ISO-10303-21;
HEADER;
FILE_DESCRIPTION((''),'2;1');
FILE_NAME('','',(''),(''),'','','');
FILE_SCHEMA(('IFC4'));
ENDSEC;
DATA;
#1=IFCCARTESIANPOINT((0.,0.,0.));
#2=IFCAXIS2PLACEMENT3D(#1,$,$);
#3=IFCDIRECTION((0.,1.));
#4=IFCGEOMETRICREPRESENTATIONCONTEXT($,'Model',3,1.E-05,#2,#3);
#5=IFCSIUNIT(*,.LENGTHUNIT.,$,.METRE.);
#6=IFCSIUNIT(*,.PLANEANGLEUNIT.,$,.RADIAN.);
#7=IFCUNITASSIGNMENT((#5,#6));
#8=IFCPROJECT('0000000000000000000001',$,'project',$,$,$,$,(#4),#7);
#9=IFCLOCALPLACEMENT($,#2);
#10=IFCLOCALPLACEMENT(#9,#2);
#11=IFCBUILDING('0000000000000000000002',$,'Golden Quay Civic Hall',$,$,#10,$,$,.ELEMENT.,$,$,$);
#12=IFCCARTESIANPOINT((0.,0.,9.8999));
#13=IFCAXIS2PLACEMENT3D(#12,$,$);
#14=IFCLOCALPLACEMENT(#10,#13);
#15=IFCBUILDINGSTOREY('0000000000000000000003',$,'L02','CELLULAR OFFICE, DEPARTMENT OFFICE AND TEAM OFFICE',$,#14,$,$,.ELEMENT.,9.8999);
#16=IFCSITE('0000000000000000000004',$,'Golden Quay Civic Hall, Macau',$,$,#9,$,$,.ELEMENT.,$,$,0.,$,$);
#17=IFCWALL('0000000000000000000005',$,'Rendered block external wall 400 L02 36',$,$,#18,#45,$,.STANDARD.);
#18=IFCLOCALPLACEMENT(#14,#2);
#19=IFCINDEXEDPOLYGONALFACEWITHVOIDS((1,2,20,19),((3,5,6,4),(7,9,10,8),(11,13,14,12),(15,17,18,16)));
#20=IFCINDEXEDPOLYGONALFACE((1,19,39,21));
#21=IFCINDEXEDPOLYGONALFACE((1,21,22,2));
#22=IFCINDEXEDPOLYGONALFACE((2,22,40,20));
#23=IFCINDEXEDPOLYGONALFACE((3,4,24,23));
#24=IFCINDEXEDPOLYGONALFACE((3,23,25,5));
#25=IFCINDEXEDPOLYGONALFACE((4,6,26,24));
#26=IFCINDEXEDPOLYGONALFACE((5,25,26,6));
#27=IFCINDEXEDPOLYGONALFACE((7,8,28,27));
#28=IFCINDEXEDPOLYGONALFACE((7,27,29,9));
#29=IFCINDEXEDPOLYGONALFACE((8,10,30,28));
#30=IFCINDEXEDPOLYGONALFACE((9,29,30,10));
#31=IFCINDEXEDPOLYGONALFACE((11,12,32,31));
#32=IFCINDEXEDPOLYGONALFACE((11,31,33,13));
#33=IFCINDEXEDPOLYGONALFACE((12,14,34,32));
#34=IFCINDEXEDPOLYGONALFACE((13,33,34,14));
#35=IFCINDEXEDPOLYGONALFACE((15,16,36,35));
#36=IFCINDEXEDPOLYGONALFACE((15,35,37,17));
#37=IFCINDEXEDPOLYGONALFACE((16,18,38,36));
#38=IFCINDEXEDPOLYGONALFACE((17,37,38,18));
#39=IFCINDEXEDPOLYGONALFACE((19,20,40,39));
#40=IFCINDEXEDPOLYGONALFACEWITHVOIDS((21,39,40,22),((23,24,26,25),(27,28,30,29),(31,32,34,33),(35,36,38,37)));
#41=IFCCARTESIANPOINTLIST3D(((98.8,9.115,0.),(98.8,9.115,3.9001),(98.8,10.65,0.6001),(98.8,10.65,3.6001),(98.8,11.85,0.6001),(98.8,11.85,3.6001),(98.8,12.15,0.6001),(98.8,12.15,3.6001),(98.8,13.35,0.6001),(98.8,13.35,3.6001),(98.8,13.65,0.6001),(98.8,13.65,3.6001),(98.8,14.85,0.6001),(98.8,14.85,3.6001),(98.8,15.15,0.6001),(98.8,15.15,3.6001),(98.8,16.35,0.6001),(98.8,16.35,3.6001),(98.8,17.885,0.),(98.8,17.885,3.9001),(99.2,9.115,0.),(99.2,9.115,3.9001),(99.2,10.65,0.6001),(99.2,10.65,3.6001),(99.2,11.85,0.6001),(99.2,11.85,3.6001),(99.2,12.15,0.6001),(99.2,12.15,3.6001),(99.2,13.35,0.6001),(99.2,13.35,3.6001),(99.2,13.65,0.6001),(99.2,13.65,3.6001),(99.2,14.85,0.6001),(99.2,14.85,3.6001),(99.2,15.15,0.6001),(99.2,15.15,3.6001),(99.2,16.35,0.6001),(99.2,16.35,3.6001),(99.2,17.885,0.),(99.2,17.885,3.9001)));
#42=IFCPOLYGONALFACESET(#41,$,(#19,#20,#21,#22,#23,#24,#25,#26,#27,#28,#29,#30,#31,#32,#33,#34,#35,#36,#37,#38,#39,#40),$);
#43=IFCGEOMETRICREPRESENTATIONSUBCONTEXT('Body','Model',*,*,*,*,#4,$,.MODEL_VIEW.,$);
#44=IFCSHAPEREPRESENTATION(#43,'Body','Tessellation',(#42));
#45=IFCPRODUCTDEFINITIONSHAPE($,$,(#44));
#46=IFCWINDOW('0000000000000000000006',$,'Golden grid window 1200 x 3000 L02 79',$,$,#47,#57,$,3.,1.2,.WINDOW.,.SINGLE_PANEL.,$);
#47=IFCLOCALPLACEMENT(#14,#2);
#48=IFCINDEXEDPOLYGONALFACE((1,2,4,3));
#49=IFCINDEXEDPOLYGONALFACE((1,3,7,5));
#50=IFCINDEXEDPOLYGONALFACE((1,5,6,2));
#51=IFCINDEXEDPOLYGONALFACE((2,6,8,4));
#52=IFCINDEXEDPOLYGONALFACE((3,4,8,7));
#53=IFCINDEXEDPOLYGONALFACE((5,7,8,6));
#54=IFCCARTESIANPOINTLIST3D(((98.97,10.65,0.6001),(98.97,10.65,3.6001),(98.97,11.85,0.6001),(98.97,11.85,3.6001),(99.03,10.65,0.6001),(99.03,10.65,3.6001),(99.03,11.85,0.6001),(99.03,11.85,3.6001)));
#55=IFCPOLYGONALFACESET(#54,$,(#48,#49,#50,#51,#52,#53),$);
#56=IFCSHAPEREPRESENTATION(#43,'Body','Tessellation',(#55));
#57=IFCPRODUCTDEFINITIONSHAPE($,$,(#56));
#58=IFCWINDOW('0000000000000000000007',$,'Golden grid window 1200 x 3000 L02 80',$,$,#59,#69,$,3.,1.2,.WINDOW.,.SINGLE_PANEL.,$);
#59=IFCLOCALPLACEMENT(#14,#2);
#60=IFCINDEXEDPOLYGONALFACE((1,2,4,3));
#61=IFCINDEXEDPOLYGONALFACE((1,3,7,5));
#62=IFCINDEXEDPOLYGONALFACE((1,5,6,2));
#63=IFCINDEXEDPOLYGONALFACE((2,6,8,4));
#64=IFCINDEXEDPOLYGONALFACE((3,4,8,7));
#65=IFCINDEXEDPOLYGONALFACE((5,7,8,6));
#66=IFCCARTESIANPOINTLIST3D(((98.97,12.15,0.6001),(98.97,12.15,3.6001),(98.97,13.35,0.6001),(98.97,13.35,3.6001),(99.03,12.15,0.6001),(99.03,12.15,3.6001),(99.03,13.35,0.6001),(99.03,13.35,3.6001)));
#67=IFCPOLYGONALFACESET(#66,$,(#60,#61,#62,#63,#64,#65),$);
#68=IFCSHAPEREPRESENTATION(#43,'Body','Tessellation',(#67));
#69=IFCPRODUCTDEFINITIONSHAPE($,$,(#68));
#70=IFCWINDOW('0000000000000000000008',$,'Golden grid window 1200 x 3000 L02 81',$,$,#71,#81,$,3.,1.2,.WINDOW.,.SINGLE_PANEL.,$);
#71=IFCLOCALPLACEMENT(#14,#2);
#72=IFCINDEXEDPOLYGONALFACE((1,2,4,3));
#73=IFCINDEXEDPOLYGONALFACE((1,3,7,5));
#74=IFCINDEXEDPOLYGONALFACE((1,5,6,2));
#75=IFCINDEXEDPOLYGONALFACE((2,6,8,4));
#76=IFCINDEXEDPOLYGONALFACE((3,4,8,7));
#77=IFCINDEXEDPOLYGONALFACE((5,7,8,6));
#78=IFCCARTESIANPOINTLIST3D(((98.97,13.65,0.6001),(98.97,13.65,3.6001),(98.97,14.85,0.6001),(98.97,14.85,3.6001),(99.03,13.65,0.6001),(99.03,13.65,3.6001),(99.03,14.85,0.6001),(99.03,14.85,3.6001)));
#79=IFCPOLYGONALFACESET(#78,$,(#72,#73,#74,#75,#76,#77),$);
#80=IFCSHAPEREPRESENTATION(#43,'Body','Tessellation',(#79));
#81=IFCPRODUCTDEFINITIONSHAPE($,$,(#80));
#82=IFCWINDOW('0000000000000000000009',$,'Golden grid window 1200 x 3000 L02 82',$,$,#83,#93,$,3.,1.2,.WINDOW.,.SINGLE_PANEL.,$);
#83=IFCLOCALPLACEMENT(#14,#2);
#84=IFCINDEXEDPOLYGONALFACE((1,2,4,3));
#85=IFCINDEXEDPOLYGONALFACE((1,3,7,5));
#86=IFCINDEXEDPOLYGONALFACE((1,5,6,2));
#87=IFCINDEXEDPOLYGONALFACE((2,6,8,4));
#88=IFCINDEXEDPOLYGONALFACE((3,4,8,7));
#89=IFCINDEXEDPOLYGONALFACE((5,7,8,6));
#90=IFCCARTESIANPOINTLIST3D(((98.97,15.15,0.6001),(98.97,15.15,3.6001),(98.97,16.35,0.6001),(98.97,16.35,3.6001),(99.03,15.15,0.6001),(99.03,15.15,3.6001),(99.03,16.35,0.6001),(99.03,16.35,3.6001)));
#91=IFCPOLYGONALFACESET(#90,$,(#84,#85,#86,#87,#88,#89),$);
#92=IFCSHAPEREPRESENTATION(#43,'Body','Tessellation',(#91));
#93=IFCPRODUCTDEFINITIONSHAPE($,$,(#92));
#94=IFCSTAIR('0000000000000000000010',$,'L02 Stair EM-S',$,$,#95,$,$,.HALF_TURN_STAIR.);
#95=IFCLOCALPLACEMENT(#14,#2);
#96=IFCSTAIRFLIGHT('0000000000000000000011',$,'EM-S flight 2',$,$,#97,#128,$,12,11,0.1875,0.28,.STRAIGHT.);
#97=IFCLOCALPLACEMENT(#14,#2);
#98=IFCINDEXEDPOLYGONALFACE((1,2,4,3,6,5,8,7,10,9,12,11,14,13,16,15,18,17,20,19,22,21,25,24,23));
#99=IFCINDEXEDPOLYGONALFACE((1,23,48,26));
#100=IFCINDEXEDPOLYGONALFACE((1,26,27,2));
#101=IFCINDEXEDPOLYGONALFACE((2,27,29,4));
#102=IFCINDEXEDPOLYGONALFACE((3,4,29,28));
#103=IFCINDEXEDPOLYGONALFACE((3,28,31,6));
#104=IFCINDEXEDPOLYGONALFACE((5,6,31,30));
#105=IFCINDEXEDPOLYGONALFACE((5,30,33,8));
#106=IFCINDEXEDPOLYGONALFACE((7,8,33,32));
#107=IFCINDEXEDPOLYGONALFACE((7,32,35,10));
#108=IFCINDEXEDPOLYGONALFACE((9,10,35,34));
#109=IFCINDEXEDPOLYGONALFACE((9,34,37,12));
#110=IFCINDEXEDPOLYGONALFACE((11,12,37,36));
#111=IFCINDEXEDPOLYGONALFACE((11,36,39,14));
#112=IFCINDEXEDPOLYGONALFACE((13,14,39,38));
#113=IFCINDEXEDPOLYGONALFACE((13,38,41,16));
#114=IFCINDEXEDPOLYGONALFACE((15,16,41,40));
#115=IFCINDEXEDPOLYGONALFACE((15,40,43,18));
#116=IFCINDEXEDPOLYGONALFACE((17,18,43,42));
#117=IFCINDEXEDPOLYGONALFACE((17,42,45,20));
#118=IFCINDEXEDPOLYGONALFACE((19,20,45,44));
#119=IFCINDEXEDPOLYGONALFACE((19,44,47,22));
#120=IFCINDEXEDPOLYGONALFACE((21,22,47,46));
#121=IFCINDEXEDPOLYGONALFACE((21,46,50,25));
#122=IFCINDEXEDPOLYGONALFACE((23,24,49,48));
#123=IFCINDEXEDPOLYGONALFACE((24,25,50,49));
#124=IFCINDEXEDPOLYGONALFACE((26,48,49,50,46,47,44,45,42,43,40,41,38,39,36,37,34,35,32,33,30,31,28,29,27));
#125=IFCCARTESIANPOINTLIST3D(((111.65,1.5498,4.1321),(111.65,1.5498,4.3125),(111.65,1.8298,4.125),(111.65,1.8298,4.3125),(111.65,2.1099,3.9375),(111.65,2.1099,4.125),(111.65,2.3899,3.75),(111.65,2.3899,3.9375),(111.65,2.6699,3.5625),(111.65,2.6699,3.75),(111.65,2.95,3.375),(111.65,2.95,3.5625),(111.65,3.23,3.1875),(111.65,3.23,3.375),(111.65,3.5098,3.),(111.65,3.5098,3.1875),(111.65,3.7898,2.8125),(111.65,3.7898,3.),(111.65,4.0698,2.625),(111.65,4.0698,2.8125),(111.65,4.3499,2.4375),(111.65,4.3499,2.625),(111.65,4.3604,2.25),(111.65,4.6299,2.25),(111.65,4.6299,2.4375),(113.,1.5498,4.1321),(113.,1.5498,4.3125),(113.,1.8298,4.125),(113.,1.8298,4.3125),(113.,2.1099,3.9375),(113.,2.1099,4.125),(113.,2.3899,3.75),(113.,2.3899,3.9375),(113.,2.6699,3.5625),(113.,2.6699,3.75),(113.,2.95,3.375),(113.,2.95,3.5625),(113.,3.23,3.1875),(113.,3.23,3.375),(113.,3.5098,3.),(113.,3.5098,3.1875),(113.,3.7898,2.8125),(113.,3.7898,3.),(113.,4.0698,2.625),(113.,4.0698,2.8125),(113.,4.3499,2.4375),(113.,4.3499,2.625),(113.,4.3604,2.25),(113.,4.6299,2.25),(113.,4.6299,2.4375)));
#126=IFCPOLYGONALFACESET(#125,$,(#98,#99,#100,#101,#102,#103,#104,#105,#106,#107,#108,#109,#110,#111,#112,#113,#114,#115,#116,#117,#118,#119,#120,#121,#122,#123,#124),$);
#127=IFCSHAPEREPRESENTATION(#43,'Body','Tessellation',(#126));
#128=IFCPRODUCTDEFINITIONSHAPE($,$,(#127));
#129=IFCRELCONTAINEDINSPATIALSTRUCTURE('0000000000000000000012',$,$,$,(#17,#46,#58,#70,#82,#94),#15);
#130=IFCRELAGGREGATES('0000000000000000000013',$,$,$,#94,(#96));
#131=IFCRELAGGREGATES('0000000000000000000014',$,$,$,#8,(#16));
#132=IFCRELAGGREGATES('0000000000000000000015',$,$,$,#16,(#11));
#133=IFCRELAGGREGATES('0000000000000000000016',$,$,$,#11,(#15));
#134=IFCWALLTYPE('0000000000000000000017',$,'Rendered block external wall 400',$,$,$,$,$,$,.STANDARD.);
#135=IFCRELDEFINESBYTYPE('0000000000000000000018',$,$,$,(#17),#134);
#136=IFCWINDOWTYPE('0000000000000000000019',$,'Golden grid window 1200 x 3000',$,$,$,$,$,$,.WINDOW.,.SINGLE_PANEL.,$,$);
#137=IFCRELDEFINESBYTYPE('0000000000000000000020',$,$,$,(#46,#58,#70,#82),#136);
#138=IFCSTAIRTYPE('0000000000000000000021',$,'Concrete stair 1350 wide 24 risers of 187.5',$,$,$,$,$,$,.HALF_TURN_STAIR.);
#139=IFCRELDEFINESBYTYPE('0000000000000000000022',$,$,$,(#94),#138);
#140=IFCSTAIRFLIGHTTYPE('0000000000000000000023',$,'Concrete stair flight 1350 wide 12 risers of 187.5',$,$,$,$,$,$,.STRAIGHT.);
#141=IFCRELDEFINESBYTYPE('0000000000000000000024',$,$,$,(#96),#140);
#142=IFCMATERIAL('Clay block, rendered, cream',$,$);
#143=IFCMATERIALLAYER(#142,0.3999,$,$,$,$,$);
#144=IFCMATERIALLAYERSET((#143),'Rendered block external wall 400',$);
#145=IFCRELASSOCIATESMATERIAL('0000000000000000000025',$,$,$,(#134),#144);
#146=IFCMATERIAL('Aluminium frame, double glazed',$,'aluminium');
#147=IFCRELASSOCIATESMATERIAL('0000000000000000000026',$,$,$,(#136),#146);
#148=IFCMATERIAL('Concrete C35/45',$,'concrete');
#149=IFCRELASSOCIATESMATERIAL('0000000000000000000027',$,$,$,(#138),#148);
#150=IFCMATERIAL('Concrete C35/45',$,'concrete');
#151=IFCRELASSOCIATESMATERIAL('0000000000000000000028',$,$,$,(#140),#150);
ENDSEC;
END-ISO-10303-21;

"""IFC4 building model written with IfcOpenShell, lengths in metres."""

from ifc_helpers import new_model, si_unit, direction, frame, frame_2d, origin, place, context, subcontext, project, spatial, polyline, rectangle, outline, extrude, material, layer, layer_set, type_object, element, fill, aggregate, save


model = new_model("IFC4")

# Units and contexts
model_context = context("Model", 3, precision=1e-05, world=origin(), true_north=direction((0.0, 1.0)))
body_context = subcontext(model_context, "Body", "Model", "MODEL_VIEW")
ifc_project = project(units=[si_unit("LENGTHUNIT", "METRE"), si_unit("PLANEANGLEUNIT", "RADIAN")], contexts=[model_context])

# Site, building, storey
site_placement = place(None, origin())
site = spatial("IfcSite", under=ifc_project, at=site_placement, Name="Golden Quay Civic Hall, Macau", CompositionType="ELEMENT", RefElevation=0.0)
building_placement = place(site_placement, origin())
building = spatial("IfcBuilding", under=site, at=building_placement, Name="Golden Quay Civic Hall", CompositionType="ELEMENT")
storey_placement = place(building_placement, frame((0.0, 0.0, 9.8999)))
storey = spatial("IfcBuildingStorey", under=building, at=storey_placement, Name="L02", Description="CELLULAR OFFICE, DEPARTMENT OFFICE AND TEAM OFFICE", CompositionType="ELEMENT", Elevation=9.8999)

# Wall, openings, windows
ifc_material_1 = material(Name="Clay block, rendered, cream")
ifc_layer_1 = layer(ifc_material_1, 0.3999)
ifc_layer_set_1 = layer_set([ifc_layer_1], Name="Rendered block external wall 400")
wall_type_1 = type_object("IfcWallType", Name="Rendered block external wall 400", PredefinedType="STANDARD", material=ifc_layer_set_1)
wall_1_placement = place(storey_placement, frame((99.0, 9.115, 0.0), z_axis=(0.0, 0.0, 1.0), x_axis=(0.0, 1.0, 0.0)))
wall_1 = element("IfcWall", 1, at=wall_1_placement, inside=storey, type_object=wall_type_1, Name="Rendered block external wall 400 L02 36", PredefinedType="STANDARD", context=body_context, shape_type="SweptSolid", body=[
    extrude(rectangle(XDim=8.77, YDim=0.3999, at=frame_2d((4.385, 0.0))), origin(), (0.0, 0.0, 1.0), 3.9001),
])
opening_1_placement = place(wall_1_placement, frame((1.5349, 0.0, 0.6001)))
opening_1 = element("IfcOpeningElement", 2, at=opening_1_placement, cuts=wall_1, PredefinedType="OPENING", context=body_context, shape_type="SweptSolid", body=[
    extrude(rectangle(XDim=1.2, YDim=3.0, at=frame_2d((0.6001, 1.5))), frame((0.0, 0.21, 0.0), z_axis=(0.0, -1.0, 0.0), x_axis=(1.0, 0.0, 0.0)), (0.0, 0.0, 1.0), 0.4199),
])
opening_2_placement = place(wall_1_placement, frame((3.0349, 0.0, 0.6001)))
opening_2 = element("IfcOpeningElement", 3, at=opening_2_placement, cuts=wall_1, PredefinedType="OPENING", context=body_context, shape_type="SweptSolid", body=[
    extrude(rectangle(XDim=1.2, YDim=3.0, at=frame_2d((0.6001, 1.5))), frame((0.0, 0.21, 0.0), z_axis=(0.0, -1.0, 0.0), x_axis=(1.0, 0.0, 0.0)), (0.0, 0.0, 1.0), 0.4199),
])
opening_3_placement = place(wall_1_placement, frame((4.5349, 0.0, 0.6001)))
opening_3 = element("IfcOpeningElement", 4, at=opening_3_placement, cuts=wall_1, PredefinedType="OPENING", context=body_context, shape_type="SweptSolid", body=[
    extrude(rectangle(XDim=1.2, YDim=3.0, at=frame_2d((0.6001, 1.5))), frame((0.0, 0.21, 0.0), z_axis=(0.0, -1.0, 0.0), x_axis=(1.0, 0.0, 0.0)), (0.0, 0.0, 1.0), 0.4199),
])
opening_4_placement = place(wall_1_placement, frame((6.0349, 0.0, 0.6001)))
opening_4 = element("IfcOpeningElement", 5, at=opening_4_placement, cuts=wall_1, PredefinedType="OPENING", context=body_context, shape_type="SweptSolid", body=[
    extrude(rectangle(XDim=1.2, YDim=3.0, at=frame_2d((0.6001, 1.5))), frame((0.0, 0.21, 0.0), z_axis=(0.0, -1.0, 0.0), x_axis=(1.0, 0.0, 0.0)), (0.0, 0.0, 1.0), 0.4199),
])
ifc_material_2 = material(Name="Aluminium frame, double glazed", Category="aluminium")
window_type = type_object("IfcWindowType", Name="Golden grid window 1200 x 3000", PartitioningType="SINGLE_PANEL", PredefinedType="WINDOW", material=ifc_material_2)
window_1_placement = place(opening_1_placement, origin())
window_1 = element("IfcWindow", 6, at=window_1_placement, inside=storey, type_object=window_type, Name="Golden grid window 1200 x 3000 L02 79", OverallHeight=3.0, OverallWidth=1.2, PartitioningType="SINGLE_PANEL", PredefinedType="WINDOW", context=body_context, shape_type="SweptSolid", body=[
    extrude(rectangle(XDim=1.2, YDim=3.0, at=frame_2d((0.6001, 1.5))), frame((0.0, 0.03, 0.0), z_axis=(0.0, -1.0, 0.0), x_axis=(1.0, 0.0, 0.0)), (0.0, 0.0, 1.0), 0.0601),
])
fill(opening_1, window_1)
window_2_placement = place(opening_2_placement, origin())
window_2 = element("IfcWindow", 7, at=window_2_placement, inside=storey, type_object=window_type, Name="Golden grid window 1200 x 3000 L02 80", OverallHeight=3.0, OverallWidth=1.2, PartitioningType="SINGLE_PANEL", PredefinedType="WINDOW", context=body_context, shape_type="SweptSolid", body=[
    extrude(rectangle(XDim=1.2, YDim=3.0, at=frame_2d((0.6001, 1.5))), frame((0.0, 0.03, 0.0), z_axis=(0.0, -1.0, 0.0), x_axis=(1.0, 0.0, 0.0)), (0.0, 0.0, 1.0), 0.0601),
])
fill(opening_2, window_2)
window_3_placement = place(opening_3_placement, origin())
window_3 = element("IfcWindow", 8, at=window_3_placement, inside=storey, type_object=window_type, Name="Golden grid window 1200 x 3000 L02 81", OverallHeight=3.0, OverallWidth=1.2, PartitioningType="SINGLE_PANEL", PredefinedType="WINDOW", context=body_context, shape_type="SweptSolid", body=[
    extrude(rectangle(XDim=1.2, YDim=3.0, at=frame_2d((0.6001, 1.5))), frame((0.0, 0.03, 0.0), z_axis=(0.0, -1.0, 0.0), x_axis=(1.0, 0.0, 0.0)), (0.0, 0.0, 1.0), 0.0601),
])
fill(opening_3, window_3)
window_4_placement = place(opening_4_placement, origin())
window_4 = element("IfcWindow", 9, at=window_4_placement, inside=storey, type_object=window_type, Name="Golden grid window 1200 x 3000 L02 82", OverallHeight=3.0, OverallWidth=1.2, PartitioningType="SINGLE_PANEL", PredefinedType="WINDOW", context=body_context, shape_type="SweptSolid", body=[
    extrude(rectangle(XDim=1.2, YDim=3.0, at=frame_2d((0.6001, 1.5))), frame((0.0, 0.03, 0.0), z_axis=(0.0, -1.0, 0.0), x_axis=(1.0, 0.0, 0.0)), (0.0, 0.0, 1.0), 0.0601),
])
fill(opening_4, window_4)

# Stair, stair flight
ifc_material_3 = material(Name="Concrete C35/45", Category="concrete")
stair_type = type_object("IfcStairType", Name="Concrete stair 1350 wide 24 risers of 187.5", PredefinedType="HALF_TURN_STAIR", material=ifc_material_3)
stair_placement = place(storey_placement, origin())
stair = element("IfcStair", 10, at=stair_placement, inside=storey, type_object=stair_type, Name="L02 Stair EM-S", PredefinedType="HALF_TURN_STAIR")
ifc_material_4 = material(Name="Concrete C35/45", Category="concrete")
stair_flight_type = type_object("IfcStairFlightType", Name="Concrete stair flight 1350 wide 12 risers of 187.5", PredefinedType="STRAIGHT", material=ifc_material_4)
stair_flight_placement = place(storey_placement, frame((112.325, 4.6299, 2.25), z_axis=(0.0, 0.0, 1.0), x_axis=(0.0, -1.0, 0.0)))
stair_flight = element("IfcStairFlight", 11, at=stair_flight_placement, type_object=stair_flight_type, Name="EM-S flight 2", NumberOfRisers=12, NumberOfTreads=11, PredefinedType="STRAIGHT", RiserHeight=0.1875, TreadLength=0.28, context=body_context, shape_type="SweptSolid", body=[
    extrude(outline(polyline([(0.0, 0.0), (0.0, 0.1875), (0.28, 0.1875), (0.28, 0.375), (0.5601, 0.375), (0.5601, 0.5625), (0.8401, 0.5625), (0.8401, 0.75), (1.1201, 0.75), (1.1201, 0.9375), (1.3999, 0.9375), (1.3999, 1.125), (1.6799, 1.125), (1.6799, 1.3125), (1.96, 1.3125), (1.96, 1.5), (2.24, 1.5), (2.24, 1.6875), (2.52, 1.6875), (2.52, 1.875), (2.8, 1.875), (2.8, 2.0625), (3.0801, 2.0625), (3.0801, 2.25), (3.0801, 1.8821), (0.2695, 0.0), (0.0, 0.0)])), frame((0.0, 0.675, 0.0), z_axis=(0.0, -1.0, 0.0), x_axis=(1.0, 0.0, 0.0)), (0.0, 0.0, 1.0), 1.35),
])
aggregate(stair, [stair_flight])

save(model, "model.ifc")
